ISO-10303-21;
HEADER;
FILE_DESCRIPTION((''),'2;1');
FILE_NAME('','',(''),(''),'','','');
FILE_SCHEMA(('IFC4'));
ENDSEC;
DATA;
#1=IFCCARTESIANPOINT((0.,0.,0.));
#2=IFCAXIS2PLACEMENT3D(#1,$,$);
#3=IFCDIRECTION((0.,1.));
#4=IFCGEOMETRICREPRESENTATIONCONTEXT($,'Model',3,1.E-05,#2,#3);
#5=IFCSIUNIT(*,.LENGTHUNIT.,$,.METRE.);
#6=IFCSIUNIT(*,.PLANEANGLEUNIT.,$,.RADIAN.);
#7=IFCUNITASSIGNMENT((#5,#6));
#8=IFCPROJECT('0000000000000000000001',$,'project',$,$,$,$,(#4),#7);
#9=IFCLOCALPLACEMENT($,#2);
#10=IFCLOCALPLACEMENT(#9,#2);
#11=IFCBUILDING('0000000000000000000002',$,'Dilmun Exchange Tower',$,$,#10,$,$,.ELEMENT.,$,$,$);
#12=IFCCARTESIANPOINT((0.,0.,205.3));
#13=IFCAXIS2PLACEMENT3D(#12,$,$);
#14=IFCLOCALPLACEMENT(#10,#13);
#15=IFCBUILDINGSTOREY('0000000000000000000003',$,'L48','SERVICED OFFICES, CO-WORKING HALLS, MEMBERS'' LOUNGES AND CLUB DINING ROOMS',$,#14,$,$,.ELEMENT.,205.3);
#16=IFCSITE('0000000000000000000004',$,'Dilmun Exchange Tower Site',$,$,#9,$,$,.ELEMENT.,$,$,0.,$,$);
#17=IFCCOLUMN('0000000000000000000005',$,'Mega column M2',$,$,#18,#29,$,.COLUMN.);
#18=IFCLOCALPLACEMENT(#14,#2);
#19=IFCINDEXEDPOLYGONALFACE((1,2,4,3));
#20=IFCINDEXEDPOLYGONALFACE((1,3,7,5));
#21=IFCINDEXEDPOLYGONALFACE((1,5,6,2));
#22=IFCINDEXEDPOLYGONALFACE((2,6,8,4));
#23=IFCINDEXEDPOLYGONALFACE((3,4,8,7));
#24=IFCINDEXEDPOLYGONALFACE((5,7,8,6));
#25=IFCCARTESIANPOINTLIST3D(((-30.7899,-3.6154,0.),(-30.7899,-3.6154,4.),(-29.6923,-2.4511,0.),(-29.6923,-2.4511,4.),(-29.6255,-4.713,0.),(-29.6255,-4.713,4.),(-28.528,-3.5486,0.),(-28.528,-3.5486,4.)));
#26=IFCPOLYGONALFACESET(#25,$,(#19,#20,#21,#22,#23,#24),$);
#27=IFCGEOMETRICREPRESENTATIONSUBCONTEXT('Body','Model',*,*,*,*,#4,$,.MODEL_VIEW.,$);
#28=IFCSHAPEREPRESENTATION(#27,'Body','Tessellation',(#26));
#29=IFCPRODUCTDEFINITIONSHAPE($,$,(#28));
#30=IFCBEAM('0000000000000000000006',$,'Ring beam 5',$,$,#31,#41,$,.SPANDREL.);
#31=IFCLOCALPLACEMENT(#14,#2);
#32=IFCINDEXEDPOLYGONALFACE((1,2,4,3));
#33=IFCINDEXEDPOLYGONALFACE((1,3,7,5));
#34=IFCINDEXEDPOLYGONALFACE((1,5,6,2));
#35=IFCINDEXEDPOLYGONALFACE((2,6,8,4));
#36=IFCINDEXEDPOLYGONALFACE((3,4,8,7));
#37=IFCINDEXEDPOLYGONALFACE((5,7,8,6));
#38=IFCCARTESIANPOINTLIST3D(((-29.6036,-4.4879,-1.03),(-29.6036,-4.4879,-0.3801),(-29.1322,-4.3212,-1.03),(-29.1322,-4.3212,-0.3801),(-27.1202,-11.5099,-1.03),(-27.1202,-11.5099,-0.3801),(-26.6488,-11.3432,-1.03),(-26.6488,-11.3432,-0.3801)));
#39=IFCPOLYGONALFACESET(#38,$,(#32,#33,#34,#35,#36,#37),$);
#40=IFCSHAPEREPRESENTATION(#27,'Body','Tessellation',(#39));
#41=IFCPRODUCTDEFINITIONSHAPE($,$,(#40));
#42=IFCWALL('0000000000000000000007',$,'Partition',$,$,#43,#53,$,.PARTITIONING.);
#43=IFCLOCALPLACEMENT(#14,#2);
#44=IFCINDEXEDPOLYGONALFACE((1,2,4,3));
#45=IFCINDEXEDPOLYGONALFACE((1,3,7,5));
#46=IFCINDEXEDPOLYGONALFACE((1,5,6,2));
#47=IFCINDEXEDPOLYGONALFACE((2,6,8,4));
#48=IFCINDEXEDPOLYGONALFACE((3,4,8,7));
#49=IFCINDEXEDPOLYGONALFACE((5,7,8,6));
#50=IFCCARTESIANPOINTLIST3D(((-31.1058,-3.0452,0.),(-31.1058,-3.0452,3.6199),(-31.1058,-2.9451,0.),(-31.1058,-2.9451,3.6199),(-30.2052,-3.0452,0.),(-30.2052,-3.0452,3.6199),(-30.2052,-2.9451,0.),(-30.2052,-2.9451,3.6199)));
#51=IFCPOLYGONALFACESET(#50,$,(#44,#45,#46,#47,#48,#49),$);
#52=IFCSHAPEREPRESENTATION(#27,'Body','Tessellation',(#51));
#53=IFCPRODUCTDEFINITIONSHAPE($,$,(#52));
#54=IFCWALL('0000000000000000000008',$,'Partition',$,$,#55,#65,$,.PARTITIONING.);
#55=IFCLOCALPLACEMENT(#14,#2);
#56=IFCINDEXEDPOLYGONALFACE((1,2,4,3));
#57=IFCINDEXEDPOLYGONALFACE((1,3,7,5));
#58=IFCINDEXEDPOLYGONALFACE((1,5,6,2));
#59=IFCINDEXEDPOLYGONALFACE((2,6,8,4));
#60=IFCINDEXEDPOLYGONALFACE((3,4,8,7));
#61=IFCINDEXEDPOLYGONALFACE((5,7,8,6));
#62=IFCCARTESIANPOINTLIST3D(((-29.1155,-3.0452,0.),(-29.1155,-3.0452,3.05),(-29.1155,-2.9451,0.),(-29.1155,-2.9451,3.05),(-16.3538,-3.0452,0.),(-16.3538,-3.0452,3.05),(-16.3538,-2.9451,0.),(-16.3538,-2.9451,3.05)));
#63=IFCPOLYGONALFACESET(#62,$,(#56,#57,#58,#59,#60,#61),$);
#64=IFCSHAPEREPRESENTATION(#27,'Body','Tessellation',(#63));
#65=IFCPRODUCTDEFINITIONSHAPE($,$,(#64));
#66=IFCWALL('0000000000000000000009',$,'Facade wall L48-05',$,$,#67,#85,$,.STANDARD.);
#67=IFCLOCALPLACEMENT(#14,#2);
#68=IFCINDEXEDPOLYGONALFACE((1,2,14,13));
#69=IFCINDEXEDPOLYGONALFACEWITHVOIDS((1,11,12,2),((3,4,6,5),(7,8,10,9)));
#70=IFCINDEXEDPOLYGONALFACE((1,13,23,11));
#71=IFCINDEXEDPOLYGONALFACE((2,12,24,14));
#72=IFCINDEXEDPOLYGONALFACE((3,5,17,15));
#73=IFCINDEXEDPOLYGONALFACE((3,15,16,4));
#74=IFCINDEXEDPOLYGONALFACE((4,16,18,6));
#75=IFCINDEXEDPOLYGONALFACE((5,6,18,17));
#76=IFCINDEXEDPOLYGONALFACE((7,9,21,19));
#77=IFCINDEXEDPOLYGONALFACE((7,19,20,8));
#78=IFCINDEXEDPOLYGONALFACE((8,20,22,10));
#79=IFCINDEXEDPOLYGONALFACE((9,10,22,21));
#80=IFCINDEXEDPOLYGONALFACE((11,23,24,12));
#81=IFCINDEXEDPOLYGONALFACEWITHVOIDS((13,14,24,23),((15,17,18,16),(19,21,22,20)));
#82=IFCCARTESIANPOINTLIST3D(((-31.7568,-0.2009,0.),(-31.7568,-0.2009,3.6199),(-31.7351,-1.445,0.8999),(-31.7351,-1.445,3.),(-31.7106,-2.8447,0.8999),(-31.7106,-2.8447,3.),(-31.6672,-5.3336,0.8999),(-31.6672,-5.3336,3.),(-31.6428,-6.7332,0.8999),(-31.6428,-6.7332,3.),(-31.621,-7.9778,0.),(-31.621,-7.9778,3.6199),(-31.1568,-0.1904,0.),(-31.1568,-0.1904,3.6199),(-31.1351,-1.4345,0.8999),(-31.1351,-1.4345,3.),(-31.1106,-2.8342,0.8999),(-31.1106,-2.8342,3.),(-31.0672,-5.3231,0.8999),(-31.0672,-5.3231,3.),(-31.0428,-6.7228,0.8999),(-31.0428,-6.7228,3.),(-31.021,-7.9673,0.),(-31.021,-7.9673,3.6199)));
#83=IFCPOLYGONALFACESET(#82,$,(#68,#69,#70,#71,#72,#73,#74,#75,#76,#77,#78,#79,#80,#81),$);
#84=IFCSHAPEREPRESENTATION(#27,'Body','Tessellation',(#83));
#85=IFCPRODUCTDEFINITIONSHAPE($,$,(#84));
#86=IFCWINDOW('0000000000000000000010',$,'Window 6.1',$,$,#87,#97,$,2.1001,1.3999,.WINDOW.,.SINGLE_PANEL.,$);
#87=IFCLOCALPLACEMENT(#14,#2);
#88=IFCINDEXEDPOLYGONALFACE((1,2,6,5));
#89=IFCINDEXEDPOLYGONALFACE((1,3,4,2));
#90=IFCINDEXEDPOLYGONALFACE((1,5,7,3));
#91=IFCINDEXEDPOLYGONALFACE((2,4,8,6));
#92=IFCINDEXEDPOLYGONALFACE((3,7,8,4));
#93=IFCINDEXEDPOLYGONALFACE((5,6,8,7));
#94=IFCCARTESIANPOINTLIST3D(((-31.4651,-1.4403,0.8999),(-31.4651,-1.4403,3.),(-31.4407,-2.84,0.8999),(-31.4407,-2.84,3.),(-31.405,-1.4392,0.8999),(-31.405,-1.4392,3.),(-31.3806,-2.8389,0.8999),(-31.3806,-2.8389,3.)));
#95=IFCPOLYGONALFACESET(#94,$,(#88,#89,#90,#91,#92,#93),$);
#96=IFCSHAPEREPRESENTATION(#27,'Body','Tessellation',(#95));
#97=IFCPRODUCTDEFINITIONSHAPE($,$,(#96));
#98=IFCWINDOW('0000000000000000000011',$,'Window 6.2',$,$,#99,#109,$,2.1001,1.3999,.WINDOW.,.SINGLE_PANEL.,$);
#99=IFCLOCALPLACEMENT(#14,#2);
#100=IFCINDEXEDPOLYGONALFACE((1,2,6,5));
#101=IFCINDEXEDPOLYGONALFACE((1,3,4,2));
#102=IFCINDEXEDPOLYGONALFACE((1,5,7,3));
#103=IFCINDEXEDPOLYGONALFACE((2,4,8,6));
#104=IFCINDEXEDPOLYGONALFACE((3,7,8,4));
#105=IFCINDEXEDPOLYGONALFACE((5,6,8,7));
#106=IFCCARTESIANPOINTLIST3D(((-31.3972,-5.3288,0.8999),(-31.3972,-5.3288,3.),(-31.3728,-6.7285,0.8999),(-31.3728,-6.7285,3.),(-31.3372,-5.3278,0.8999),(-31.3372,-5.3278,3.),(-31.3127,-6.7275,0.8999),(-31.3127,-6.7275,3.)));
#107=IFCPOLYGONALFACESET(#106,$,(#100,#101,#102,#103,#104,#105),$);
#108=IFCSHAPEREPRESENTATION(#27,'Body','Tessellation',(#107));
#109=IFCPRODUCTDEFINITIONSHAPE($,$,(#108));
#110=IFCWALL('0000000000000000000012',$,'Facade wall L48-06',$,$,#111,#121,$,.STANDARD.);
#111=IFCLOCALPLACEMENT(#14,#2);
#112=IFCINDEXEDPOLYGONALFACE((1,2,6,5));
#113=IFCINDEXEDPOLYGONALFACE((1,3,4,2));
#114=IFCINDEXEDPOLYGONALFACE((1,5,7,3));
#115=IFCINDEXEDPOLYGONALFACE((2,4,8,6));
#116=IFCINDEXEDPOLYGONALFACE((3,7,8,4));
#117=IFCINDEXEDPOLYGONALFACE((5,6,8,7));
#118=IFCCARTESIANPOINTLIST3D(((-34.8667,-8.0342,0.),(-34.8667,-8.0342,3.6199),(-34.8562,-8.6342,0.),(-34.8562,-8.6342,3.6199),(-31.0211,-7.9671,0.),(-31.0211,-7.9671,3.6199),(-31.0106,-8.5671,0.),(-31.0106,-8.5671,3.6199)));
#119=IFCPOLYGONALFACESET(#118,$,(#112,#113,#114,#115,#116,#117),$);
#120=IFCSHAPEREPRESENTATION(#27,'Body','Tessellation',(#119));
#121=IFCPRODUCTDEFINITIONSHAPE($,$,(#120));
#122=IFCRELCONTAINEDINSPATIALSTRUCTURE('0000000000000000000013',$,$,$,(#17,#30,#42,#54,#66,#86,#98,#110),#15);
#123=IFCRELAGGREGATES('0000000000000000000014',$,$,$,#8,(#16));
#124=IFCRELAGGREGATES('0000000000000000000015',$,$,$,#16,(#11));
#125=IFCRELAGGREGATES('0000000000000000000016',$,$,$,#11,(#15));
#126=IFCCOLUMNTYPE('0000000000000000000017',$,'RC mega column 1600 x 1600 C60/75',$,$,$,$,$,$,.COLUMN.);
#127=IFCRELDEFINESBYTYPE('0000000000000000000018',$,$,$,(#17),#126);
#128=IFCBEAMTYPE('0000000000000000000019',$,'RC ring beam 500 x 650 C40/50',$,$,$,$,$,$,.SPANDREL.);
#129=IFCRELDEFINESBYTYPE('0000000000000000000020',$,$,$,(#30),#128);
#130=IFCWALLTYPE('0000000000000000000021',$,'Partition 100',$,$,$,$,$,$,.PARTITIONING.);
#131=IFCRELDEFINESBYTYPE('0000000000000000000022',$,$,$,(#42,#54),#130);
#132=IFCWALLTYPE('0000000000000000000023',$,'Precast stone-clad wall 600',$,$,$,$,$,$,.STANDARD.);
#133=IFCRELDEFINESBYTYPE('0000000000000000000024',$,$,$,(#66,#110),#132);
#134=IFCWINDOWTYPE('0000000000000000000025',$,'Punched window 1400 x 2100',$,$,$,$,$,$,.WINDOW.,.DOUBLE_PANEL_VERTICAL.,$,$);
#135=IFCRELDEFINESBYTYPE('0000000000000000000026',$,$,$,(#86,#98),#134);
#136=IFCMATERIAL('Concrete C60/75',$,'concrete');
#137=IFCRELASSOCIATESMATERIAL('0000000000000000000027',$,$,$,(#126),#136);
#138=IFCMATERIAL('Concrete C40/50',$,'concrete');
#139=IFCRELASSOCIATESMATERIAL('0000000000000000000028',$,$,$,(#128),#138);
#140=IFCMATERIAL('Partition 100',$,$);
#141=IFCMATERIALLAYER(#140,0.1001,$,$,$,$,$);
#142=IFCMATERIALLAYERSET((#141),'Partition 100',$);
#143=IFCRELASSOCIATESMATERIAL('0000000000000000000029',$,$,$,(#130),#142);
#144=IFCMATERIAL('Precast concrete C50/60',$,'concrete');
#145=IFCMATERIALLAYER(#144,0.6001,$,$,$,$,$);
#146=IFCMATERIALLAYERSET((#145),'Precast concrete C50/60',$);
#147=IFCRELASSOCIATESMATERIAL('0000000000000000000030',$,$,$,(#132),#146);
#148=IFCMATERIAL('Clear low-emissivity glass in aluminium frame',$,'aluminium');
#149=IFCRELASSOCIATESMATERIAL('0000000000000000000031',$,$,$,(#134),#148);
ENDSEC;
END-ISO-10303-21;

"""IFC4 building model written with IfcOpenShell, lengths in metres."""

from ifc_helpers import new_model, si_unit, direction, frame, frame_2d, origin, origin_2d, place, context, subcontext, project, spatial, rectangle, extrude, material, layer, layer_set, material_profile, profile_set, type_object, element, fill, save


model = new_model("IFC4")

# Units and contexts
model_context = context("Model", 3, precision=1e-05, world=origin(), true_north=direction((0.0, 1.0)))
body_context = subcontext(model_context, "Body", "Model", "MODEL_VIEW")
ifc_project = project(units=[si_unit("LENGTHUNIT", "METRE"), si_unit("PLANEANGLEUNIT", "RADIAN")], contexts=[model_context])

# Site, building, storey
site_placement = place(None, origin())
site = spatial("IfcSite", under=ifc_project, at=site_placement, Name="Dilmun Exchange Tower Site", CompositionType="ELEMENT", RefElevation=0.0)
building_placement = place(site_placement, origin())
building = spatial("IfcBuilding", under=site, at=building_placement, Name="Dilmun Exchange Tower", CompositionType="ELEMENT")
storey_placement = place(building_placement, frame((0.0, 0.0, 205.3)))
storey = spatial("IfcBuildingStorey", under=building, at=storey_placement, Name="L48", Description="SERVICED OFFICES, CO-WORKING HALLS, MEMBERS' LOUNGES AND CLUB DINING ROOMS", CompositionType="ELEMENT", Elevation=205.3)

# Column
ifc_material_1 = material(Name="Concrete C60/75", Category="concrete")
ifc_material_profile_1 = material_profile(ifc_material_1, rectangle(XDim=1.6001, YDim=1.6001, at=origin_2d()), Name="1600 x 1600")
ifc_profile_set_1 = profile_set([ifc_material_profile_1], Name="Concrete C60/75")
column_type = type_object("IfcColumnType", Name="RC mega column 1600 x 1600 C60/75", PredefinedType="COLUMN", material=ifc_profile_set_1)
column_placement = place(storey_placement, frame((-29.6589, -3.582, 0.0), z_axis=(0.0, 0.0, 1.0), x_axis=(0.685916, 0.727681, 0.0)))
element("IfcColumn", 1, at=column_placement, inside=storey, type_object=column_type, Name="Mega column M2", PredefinedType="COLUMN", context=body_context, shape_type="SweptSolid", body=[
    extrude(rectangle(XDim=1.6001, YDim=1.6001, at=origin_2d()), origin(), (0.0, 0.0, 1.0), 4.0),
])

# Beam
ifc_material_2 = material(Name="Concrete C40/50", Category="concrete")
ifc_material_profile_2 = material_profile(ifc_material_2, rectangle(XDim=0.5, YDim=0.6499, at=origin_2d()), Name="500 x 650")
ifc_profile_set_2 = profile_set([ifc_material_profile_2], Name="Concrete C40/50")
beam_type = type_object("IfcBeamType", Name="RC ring beam 500 x 650 C40/50", PredefinedType="SPANDREL", material=ifc_profile_set_2)
beam_placement = place(storey_placement, frame((-29.3679, -4.4045, -0.7051), z_axis=(0.333424, -0.942777, 0.0), x_axis=(0.942777, 0.333424, 0.0)))
element("IfcBeam", 2, at=beam_placement, inside=storey, type_object=beam_type, Name="Ring beam 5", PredefinedType="SPANDREL", context=body_context, shape_type="SweptSolid", body=[
    extrude(rectangle(XDim=0.5, YDim=0.6499, at=origin_2d()), origin(), (0.0, 0.0, 1.0), 7.4482),
])

# Walls
ifc_material_3 = material(Name="Partition 100")
ifc_layer_1 = layer(ifc_material_3, 0.1001)
ifc_layer_set_1 = layer_set([ifc_layer_1], Name="Partition 100")
wall_type_1 = type_object("IfcWallType", Name="Partition 100", PredefinedType="PARTITIONING", material=ifc_layer_set_1)
wall_1_placement = place(storey_placement, frame((-31.1057, -2.9951, 0.0), z_axis=(0.0, 0.0, 1.0), x_axis=(1.0, 0.0, 0.0)))
element("IfcWall", 3, at=wall_1_placement, inside=storey, type_object=wall_type_1, Name="Partition", PredefinedType="PARTITIONING", context=body_context, shape_type="SweptSolid", body=[
    extrude(rectangle(XDim=0.9006, YDim=0.1001, at=frame_2d((0.4502, 0.0))), origin(), (0.0, 0.0, 1.0), 3.6199),
])
wall_2_placement = place(storey_placement, frame((-29.1155, -2.9951, 0.0), z_axis=(0.0, 0.0, 1.0), x_axis=(1.0, 0.0, 0.0)))
element("IfcWall", 4, at=wall_2_placement, inside=storey, type_object=wall_type_1, Name="Partition", PredefinedType="PARTITIONING", context=body_context, shape_type="SweptSolid", body=[
    extrude(rectangle(XDim=12.7617, YDim=0.1001, at=frame_2d((6.3809, 0.0))), origin(), (0.0, 0.0, 1.0), 3.05),
])

# Wall, openings, windows
ifc_material_4 = material(Name="Precast concrete C50/60", Category="concrete")
ifc_layer_2 = layer(ifc_material_4, 0.6001)
ifc_layer_set_2 = layer_set([ifc_layer_2], Name="Precast concrete C50/60")
wall_type_2 = type_object("IfcWallType", Name="Precast stone-clad wall 600", PredefinedType="STANDARD", material=ifc_layer_set_2)
wall_3_placement = place(storey_placement, frame((-31.4568, -0.1956, 0.0), z_axis=(0.0, 0.0, 1.0), x_axis=(0.017452, -0.999848, 0.0)))
wall_3 = element("IfcWall", 5, at=wall_3_placement, inside=storey, type_object=wall_type_2, Name="Facade wall L48-05", PredefinedType="STANDARD", context=body_context, shape_type="SweptSolid", body=[
    extrude(rectangle(XDim=7.7781, YDim=0.6001, at=frame_2d((3.8892, 0.0))), origin(), (0.0, 0.0, 1.0), 3.6199),
])
opening_1_placement = place(wall_3_placement, frame((1.2444, 0.0, 0.8999)))
opening_1 = element("IfcOpeningElement", 6, at=opening_1_placement, cuts=wall_3, PredefinedType="OPENING", context=body_context, shape_type="SweptSolid", body=[
    extrude(rectangle(XDim=1.3999, YDim=2.1001, at=frame_2d((0.7, 1.05))), frame((0.0, 0.3101, 0.0), z_axis=(0.0, -1.0, 0.0), x_axis=(1.0, 0.0, 0.0)), (0.0, 0.0, 1.0), 0.6201),
])
opening_2_placement = place(wall_3_placement, frame((5.1335, 0.0, 0.8999)))
opening_2 = element("IfcOpeningElement", 7, at=opening_2_placement, cuts=wall_3, PredefinedType="OPENING", context=body_context, shape_type="SweptSolid", body=[
    extrude(rectangle(XDim=1.3999, YDim=2.1001, at=frame_2d((0.7, 1.05))), frame((0.0, 0.3101, 0.0), z_axis=(0.0, -1.0, 0.0), x_axis=(1.0, 0.0, 0.0)), (0.0, 0.0, 1.0), 0.6201),
])
ifc_material_5 = material(Name="Clear low-emissivity glass in aluminium frame", Category="aluminium")
window_type_1 = type_object("IfcWindowType", Name="Punched window 1400 x 2100", PartitioningType="DOUBLE_PANEL_VERTICAL", PredefinedType="WINDOW", material=ifc_material_5)
window_1_placement = place(opening_1_placement, origin())
window_1 = element("IfcWindow", 8, at=window_1_placement, inside=storey, type_object=window_type_1, Name="Window 6.1", OverallHeight=2.1001, OverallWidth=1.3999, PartitioningType="SINGLE_PANEL", PredefinedType="WINDOW", context=body_context, shape_type="SweptSolid", body=[
    extrude(rectangle(XDim=1.3999, YDim=2.1001, at=frame_2d((0.7, 1.05))), frame((0.0, 0.03, 0.0), z_axis=(0.0, -1.0, 0.0), x_axis=(1.0, 0.0, 0.0)), (0.0, 0.0, 1.0), 0.0601),
])
fill(opening_1, window_1)
window_2_placement = place(opening_2_placement, origin())
window_2 = element("IfcWindow", 9, at=window_2_placement, inside=storey, type_object=window_type_1, Name="Window 6.2", OverallHeight=2.1001, OverallWidth=1.3999, PartitioningType="SINGLE_PANEL", PredefinedType="WINDOW", context=body_context, shape_type="SweptSolid", body=[
    extrude(rectangle(XDim=1.3999, YDim=2.1001, at=frame_2d((0.7, 1.05))), frame((0.0, 0.03, 0.0), z_axis=(0.0, -1.0, 0.0), x_axis=(1.0, 0.0, 0.0)), (0.0, 0.0, 1.0), 0.0601),
])
fill(opening_2, window_2)

# Wall
wall_4_placement = place(storey_placement, frame((-31.0159, -8.2671, 0.0), z_axis=(0.0, 0.0, 1.0), x_axis=(-0.999848, -0.017455, 0.0)))
element("IfcWall", 10, at=wall_4_placement, inside=storey, type_object=wall_type_2, Name="Facade wall L48-06", PredefinedType="STANDARD", context=body_context, shape_type="SweptSolid", body=[
    extrude(rectangle(XDim=3.8462, YDim=0.6001, at=frame_2d((1.9231, 0.0))), origin(), (0.0, 0.0, 1.0), 3.6199),
])

save(model, "model.ifc")
